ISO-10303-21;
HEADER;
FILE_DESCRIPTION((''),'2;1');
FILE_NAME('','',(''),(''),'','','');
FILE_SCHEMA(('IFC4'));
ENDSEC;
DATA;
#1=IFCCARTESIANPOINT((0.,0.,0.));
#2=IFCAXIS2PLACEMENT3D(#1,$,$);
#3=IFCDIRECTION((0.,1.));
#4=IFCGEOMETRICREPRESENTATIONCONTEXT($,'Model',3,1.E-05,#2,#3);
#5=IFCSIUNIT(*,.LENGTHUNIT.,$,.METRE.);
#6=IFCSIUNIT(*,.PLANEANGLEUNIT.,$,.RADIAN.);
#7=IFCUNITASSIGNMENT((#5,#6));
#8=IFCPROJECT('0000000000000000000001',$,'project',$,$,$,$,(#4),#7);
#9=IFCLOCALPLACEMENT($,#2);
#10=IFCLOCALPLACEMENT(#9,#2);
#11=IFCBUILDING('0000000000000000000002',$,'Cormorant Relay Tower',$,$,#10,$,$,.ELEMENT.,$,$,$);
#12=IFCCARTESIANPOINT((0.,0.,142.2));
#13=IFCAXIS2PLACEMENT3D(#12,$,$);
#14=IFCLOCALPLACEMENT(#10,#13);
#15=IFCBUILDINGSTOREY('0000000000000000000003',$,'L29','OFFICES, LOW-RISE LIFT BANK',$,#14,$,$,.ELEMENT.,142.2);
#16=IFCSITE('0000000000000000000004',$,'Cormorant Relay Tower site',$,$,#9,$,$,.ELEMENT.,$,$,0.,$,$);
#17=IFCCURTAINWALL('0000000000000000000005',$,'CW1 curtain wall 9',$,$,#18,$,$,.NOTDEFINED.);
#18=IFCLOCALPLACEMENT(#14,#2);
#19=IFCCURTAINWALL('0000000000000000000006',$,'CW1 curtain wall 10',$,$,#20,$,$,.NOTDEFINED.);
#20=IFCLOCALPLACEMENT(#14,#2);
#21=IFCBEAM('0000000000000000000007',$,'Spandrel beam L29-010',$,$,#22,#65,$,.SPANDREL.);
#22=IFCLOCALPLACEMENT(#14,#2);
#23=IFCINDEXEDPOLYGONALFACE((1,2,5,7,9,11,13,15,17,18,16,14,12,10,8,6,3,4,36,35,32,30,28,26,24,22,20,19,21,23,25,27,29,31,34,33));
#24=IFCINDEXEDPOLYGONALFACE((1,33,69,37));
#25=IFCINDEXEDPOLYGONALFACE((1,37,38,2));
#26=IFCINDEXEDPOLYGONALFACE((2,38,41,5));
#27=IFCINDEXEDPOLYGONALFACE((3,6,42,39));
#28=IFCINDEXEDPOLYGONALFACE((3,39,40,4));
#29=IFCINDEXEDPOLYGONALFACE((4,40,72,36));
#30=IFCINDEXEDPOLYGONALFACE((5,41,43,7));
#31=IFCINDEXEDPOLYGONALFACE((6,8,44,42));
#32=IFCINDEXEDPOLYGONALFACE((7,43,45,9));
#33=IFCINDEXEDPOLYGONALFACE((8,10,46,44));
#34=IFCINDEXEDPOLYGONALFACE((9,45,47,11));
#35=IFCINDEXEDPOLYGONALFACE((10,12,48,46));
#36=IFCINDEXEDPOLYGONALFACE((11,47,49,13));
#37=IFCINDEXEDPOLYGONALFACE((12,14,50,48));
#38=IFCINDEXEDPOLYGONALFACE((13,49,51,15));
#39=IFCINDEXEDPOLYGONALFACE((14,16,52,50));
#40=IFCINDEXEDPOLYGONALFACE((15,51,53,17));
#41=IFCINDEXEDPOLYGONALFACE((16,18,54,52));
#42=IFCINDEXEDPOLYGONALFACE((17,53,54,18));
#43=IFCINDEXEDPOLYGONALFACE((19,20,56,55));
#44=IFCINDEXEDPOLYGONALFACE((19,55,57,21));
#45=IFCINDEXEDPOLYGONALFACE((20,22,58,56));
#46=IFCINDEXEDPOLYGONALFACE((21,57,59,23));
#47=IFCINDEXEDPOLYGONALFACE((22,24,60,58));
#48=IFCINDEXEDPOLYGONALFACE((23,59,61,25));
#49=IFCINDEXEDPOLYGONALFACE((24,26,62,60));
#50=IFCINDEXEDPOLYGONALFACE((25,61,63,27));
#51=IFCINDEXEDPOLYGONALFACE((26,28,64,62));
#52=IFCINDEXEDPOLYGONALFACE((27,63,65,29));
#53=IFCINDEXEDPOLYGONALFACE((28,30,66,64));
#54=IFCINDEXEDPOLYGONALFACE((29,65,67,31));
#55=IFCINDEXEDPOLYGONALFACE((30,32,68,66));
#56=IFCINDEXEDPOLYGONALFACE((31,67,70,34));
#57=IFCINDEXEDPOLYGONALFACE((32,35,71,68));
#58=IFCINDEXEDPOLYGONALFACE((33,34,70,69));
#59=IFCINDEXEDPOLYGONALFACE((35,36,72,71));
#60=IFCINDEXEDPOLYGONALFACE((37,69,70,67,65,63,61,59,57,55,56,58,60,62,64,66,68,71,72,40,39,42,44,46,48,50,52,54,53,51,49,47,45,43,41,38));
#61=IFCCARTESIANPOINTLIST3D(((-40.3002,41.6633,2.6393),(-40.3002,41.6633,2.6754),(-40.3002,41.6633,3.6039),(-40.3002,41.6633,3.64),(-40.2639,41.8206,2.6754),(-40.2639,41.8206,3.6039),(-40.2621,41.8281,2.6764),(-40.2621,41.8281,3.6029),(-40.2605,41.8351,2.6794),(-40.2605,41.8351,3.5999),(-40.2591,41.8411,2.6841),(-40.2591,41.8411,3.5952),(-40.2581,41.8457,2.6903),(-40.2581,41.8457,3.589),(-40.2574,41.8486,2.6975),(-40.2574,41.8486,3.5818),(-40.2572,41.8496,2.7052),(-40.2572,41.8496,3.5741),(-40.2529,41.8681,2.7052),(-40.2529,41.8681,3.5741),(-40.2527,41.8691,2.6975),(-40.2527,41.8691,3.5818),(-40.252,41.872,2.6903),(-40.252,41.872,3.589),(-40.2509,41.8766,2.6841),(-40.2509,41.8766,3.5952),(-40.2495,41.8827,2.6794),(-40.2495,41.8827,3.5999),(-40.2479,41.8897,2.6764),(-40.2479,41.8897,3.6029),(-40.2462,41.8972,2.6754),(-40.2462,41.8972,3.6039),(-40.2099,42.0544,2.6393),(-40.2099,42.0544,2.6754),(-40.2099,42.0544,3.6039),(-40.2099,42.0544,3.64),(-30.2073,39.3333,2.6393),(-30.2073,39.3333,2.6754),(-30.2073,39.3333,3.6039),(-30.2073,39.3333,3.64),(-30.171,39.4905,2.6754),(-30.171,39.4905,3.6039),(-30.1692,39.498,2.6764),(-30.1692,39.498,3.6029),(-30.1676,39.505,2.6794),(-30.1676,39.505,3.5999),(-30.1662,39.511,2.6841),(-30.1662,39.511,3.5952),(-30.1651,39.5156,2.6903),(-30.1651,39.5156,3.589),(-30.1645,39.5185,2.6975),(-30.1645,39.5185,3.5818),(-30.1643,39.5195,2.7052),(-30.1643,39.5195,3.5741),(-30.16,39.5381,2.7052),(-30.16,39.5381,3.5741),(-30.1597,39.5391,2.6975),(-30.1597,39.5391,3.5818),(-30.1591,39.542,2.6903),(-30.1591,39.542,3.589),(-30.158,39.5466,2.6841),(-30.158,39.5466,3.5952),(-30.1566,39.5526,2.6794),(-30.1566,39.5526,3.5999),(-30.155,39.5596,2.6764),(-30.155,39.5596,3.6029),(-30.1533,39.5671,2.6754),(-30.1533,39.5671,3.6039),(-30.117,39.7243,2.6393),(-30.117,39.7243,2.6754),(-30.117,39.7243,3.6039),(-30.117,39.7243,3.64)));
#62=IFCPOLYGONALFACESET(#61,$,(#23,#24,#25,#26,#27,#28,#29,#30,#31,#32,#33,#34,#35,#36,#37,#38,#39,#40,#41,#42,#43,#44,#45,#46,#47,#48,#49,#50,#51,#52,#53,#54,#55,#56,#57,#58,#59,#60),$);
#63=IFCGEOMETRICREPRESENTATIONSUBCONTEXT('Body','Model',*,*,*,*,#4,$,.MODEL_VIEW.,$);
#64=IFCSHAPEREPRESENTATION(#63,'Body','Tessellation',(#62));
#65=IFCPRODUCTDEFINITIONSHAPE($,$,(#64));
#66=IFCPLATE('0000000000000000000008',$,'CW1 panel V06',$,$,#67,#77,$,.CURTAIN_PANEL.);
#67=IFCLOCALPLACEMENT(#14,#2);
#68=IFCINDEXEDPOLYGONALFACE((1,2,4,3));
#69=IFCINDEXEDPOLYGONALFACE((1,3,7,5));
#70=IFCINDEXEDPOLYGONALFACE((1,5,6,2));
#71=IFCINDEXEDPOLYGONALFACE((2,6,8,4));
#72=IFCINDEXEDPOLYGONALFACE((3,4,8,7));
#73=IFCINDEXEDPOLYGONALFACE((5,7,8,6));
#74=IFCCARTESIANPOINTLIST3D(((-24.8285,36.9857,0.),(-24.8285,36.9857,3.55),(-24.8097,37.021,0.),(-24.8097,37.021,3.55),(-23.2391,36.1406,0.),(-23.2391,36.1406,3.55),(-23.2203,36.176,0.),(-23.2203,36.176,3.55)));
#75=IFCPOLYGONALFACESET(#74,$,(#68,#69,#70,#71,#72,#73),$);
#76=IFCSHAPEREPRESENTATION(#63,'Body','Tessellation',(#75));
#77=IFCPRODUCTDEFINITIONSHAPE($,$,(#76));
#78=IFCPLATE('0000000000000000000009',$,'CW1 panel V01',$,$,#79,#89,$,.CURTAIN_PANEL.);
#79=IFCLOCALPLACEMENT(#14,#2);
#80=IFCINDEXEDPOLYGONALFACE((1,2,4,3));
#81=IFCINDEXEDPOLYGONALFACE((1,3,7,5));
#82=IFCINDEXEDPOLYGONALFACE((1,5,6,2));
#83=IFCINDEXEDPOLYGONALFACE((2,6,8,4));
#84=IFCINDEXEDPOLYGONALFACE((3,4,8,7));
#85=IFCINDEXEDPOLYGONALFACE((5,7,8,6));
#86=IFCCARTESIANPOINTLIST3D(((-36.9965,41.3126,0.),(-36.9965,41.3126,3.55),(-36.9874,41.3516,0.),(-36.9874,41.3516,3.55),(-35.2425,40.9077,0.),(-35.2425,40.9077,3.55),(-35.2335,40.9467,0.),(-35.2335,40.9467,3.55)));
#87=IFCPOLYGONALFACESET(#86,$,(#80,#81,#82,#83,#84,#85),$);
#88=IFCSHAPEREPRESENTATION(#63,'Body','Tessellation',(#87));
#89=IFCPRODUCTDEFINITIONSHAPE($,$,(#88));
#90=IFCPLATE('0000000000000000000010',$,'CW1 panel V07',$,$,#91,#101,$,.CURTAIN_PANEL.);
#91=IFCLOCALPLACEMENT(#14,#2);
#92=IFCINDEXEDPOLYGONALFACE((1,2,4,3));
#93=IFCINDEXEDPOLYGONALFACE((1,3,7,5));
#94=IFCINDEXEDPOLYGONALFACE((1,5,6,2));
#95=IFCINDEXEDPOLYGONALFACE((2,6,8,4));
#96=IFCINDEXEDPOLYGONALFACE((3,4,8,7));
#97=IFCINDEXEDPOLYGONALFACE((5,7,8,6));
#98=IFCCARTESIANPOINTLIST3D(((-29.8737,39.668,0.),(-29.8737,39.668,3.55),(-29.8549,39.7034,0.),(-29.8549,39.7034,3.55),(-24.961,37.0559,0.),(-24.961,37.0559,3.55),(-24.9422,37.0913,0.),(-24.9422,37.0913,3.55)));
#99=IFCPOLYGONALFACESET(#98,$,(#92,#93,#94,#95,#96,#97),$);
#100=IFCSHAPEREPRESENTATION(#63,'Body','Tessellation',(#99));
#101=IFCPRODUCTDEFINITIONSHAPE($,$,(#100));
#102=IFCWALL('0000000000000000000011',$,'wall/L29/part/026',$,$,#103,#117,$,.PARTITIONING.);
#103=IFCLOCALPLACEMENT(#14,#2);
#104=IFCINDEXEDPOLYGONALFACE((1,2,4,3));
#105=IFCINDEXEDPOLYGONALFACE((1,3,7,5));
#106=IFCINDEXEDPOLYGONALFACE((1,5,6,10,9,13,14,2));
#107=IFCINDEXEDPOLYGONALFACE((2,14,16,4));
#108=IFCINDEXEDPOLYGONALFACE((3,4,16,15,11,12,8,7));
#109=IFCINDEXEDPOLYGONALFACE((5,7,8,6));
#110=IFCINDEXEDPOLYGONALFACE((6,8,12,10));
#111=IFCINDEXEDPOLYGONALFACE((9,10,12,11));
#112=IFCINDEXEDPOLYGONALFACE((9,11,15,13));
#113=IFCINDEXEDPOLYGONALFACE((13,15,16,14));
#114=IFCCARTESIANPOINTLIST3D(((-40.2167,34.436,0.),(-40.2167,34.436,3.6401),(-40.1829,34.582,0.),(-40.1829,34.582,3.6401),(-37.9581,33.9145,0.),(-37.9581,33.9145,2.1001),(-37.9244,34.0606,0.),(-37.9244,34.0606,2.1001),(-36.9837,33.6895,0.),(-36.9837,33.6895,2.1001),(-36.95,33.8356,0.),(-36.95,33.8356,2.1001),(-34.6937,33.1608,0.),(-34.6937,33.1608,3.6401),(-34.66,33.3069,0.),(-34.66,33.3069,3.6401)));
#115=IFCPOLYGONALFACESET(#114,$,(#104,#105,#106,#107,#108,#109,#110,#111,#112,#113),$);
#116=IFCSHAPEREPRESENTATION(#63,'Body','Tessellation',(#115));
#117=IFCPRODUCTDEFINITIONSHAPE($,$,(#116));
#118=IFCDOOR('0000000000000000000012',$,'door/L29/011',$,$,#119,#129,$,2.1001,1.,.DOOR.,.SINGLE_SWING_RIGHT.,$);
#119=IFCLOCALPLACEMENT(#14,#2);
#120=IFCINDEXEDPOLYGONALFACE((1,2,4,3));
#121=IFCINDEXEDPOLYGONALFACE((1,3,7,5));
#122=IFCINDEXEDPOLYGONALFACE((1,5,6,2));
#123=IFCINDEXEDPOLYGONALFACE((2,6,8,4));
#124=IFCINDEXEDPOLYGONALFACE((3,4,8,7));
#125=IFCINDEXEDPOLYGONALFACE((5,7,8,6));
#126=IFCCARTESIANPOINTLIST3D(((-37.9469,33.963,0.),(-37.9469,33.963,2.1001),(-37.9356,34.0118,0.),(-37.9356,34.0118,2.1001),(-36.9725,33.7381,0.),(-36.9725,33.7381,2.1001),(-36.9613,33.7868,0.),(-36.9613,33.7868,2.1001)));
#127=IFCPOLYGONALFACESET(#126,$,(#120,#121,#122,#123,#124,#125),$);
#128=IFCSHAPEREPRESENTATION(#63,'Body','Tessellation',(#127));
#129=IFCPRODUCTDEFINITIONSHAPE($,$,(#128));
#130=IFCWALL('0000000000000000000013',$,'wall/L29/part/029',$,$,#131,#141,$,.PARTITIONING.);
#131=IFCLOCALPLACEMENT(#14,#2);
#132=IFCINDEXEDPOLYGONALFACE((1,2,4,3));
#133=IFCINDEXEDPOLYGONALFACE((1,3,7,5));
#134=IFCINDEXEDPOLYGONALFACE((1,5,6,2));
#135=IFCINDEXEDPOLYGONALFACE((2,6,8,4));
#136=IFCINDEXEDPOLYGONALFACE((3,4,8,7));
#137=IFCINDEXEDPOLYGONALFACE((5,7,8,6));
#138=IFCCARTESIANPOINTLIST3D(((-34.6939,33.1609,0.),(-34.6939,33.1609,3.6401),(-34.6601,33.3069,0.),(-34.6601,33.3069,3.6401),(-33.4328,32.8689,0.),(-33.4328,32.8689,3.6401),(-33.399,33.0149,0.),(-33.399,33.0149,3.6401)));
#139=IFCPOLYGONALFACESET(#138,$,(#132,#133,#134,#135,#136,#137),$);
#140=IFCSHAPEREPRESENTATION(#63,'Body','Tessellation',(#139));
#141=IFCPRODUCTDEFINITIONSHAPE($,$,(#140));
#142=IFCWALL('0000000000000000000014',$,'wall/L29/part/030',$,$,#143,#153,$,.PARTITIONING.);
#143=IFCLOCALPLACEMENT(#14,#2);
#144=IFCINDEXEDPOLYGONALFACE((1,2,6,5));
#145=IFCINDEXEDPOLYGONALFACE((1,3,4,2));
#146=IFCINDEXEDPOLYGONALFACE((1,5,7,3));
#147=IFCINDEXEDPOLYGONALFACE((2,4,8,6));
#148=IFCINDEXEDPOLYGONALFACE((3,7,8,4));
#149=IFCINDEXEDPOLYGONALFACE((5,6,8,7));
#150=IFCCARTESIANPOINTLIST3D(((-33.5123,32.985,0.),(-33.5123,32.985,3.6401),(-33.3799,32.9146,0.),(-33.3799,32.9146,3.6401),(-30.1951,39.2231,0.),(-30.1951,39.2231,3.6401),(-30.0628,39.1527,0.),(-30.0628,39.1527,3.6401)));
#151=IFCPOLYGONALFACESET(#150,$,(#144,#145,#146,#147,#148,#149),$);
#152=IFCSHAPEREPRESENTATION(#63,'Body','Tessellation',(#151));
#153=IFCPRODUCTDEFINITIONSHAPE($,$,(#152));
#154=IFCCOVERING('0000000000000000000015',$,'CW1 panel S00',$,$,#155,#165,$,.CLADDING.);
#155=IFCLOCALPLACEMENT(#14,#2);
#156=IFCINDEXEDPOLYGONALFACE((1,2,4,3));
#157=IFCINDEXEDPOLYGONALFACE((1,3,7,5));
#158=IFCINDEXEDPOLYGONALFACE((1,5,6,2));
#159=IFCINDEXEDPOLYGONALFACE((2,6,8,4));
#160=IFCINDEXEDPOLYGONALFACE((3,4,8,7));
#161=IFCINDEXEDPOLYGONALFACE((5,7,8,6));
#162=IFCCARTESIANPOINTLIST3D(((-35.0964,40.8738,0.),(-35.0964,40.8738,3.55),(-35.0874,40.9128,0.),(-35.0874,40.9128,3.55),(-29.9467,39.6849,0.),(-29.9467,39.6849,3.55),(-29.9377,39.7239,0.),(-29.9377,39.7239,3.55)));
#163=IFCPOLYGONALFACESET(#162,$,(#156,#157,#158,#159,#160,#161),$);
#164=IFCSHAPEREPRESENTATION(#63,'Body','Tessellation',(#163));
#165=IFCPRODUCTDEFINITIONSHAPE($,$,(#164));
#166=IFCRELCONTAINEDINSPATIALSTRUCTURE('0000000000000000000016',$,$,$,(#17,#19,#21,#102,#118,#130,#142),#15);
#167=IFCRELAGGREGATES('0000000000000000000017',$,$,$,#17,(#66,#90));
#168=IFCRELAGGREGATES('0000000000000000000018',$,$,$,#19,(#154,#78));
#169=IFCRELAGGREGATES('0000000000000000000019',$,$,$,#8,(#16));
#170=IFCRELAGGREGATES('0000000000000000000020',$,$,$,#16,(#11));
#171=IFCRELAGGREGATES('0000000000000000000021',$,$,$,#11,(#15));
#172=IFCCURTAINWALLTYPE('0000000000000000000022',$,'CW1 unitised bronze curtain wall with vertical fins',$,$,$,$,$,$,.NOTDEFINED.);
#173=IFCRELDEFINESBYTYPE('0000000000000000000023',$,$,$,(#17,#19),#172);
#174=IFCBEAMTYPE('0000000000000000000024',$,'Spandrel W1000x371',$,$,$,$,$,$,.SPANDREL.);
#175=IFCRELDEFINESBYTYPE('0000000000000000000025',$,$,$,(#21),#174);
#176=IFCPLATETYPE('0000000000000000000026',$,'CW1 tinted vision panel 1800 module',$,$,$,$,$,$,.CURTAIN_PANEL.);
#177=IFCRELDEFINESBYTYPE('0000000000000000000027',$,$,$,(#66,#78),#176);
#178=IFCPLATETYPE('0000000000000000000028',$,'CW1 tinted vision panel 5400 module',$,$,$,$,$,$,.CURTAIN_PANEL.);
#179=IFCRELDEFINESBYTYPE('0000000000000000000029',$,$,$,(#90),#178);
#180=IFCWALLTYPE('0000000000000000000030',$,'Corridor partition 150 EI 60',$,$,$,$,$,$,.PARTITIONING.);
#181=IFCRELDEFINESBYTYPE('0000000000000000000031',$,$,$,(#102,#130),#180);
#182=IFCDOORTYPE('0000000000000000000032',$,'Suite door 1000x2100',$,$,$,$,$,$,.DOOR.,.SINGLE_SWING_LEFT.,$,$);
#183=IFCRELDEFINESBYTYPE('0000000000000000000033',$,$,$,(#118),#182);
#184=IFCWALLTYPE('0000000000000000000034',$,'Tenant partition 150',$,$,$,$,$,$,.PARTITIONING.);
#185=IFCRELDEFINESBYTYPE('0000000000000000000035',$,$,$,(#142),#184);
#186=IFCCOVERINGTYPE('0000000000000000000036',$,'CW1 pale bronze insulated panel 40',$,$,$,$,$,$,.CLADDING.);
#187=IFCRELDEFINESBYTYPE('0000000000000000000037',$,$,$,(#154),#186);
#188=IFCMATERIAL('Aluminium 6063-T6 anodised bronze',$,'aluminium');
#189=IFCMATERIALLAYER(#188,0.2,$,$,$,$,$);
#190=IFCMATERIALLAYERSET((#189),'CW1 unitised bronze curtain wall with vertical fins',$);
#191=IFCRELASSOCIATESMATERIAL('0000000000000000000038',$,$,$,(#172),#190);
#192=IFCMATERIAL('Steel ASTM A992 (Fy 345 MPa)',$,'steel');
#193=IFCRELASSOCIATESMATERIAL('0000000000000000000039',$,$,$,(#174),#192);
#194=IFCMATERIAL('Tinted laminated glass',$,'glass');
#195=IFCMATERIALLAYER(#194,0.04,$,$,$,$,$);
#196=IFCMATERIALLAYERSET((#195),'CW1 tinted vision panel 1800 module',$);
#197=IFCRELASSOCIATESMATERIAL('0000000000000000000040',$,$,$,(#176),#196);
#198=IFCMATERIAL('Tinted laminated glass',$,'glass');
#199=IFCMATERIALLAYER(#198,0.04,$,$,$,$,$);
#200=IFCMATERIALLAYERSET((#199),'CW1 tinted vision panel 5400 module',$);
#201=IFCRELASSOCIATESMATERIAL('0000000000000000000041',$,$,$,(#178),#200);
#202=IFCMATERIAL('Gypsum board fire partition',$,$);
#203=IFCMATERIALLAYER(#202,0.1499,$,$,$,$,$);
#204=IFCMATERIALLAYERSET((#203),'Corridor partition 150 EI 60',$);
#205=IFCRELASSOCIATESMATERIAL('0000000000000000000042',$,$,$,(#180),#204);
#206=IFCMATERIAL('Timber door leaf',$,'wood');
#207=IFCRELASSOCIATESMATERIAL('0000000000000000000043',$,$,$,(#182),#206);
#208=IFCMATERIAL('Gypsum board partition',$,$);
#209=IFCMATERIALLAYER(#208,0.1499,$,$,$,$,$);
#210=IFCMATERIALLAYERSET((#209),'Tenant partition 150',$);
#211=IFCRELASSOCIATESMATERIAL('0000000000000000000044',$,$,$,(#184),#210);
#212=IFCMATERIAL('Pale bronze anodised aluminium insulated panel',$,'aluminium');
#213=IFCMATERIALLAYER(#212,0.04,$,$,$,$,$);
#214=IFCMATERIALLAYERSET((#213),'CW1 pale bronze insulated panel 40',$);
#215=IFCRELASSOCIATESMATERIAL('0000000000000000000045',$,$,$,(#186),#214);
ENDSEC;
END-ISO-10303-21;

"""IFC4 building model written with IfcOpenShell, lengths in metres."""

from ifc_helpers import new_model, si_unit, direction, frame, frame_2d, origin, origin_2d, place, context, subcontext, project, spatial, rectangle, i_section, extrude, material, layer, layer_set, material_profile, profile_set, type_object, element, fill, aggregate, save


model = new_model("IFC4")

# Units and contexts
model_context = context("Model", 3, precision=1e-05, world=origin(), true_north=direction((0.0, 1.0)))
body_context = subcontext(model_context, "Body", "Model", "MODEL_VIEW")
ifc_project = project(units=[si_unit("LENGTHUNIT", "METRE"), si_unit("PLANEANGLEUNIT", "RADIAN")], contexts=[model_context])

# Site, building, storey
site_placement = place(None, origin())
site = spatial("IfcSite", under=ifc_project, at=site_placement, Name="Cormorant Relay Tower site", CompositionType="ELEMENT", RefElevation=0.0)
building_placement = place(site_placement, origin())
building = spatial("IfcBuilding", under=site, at=building_placement, Name="Cormorant Relay Tower", CompositionType="ELEMENT")
storey_placement = place(building_placement, frame((0.0, 0.0, 142.2)))
storey = spatial("IfcBuildingStorey", under=building, at=storey_placement, Name="L29", Description="OFFICES, LOW-RISE LIFT BANK", CompositionType="ELEMENT", Elevation=142.2)

# Curtain wall
ifc_material_1 = material(Name="Aluminium 6063-T6 anodised bronze", Category="aluminium")
ifc_layer_1 = layer(ifc_material_1, 0.2)
ifc_layer_set_1 = layer_set([ifc_layer_1], Name="CW1 unitised bronze curtain wall with vertical fins")
curtain_wall_type = type_object("IfcCurtainWallType", Name="CW1 unitised bronze curtain wall with vertical fins", PredefinedType="NOTDEFINED", material=ifc_layer_set_1)
curtain_wall_1_placement = place(storey_placement, origin())
curtain_wall_1 = element("IfcCurtainWall", 1, at=curtain_wall_1_placement, inside=storey, type_object=curtain_wall_type, Name="CW1 curtain wall 9", PredefinedType="NOTDEFINED")

# Curtain wall
curtain_wall_2_placement = place(storey_placement, origin())
curtain_wall_2 = element("IfcCurtainWall", 2, at=curtain_wall_2_placement, inside=storey, type_object=curtain_wall_type, Name="CW1 curtain wall 10", PredefinedType="NOTDEFINED")

# Beam
ifc_material_2 = material(Name="Steel ASTM A992 (Fy 345 MPa)", Category="steel")
ifc_material_profile_1 = material_profile(ifc_material_2, i_section(OverallWidth=0.4014, OverallDepth=1.0007, WebThickness=0.019, FlangeThickness=0.0361, FilletRadius=0.0298, at=origin_2d()), Name="W1000x371")
ifc_profile_set_1 = profile_set([ifc_material_profile_1], Name="Steel ASTM A992 (Fy 345 MPa)")
beam_type = type_object("IfcBeamType", Name="Spandrel W1000x371", PredefinedType="SPANDREL", material=ifc_profile_set_1)
beam_placement = place(storey_placement, frame((-30.1621, 39.5288, 3.1396), z_axis=(-0.974372, 0.224944, 0.0), x_axis=(-0.224944, -0.974372, 0.0)))
element("IfcBeam", 3, at=beam_placement, inside=storey, type_object=beam_type, Name="Spandrel beam L29-010", PredefinedType="SPANDREL", context=body_context, shape_type="SweptSolid", body=[
    extrude(i_section(OverallWidth=0.4014, OverallDepth=1.0007, WebThickness=0.019, FlangeThickness=0.0361, FilletRadius=0.0298, at=origin_2d()), origin(), (0.0, 0.0, 1.0), 10.3584),
])

# Plates
ifc_material_3 = material(Name="Tinted laminated glass", Category="glass")
ifc_layer_2 = layer(ifc_material_3, 0.04)
ifc_layer_set_2 = layer_set([ifc_layer_2], Name="CW1 tinted vision panel 1800 module")
plate_type_1 = type_object("IfcPlateType", Name="CW1 tinted vision panel 1800 module", PredefinedType="CURTAIN_PANEL", material=ifc_layer_set_2)
plate_1_placement = place(storey_placement, frame((-24.0244, 36.5808, 0.0), z_axis=(0.0, 0.0, 1.0), x_axis=(-0.882948, 0.469472, 0.0)))
plate_1 = element("IfcPlate", 4, at=plate_1_placement, type_object=plate_type_1, Name="CW1 panel V06", PredefinedType="CURTAIN_PANEL", context=body_context, shape_type="SweptSolid", body=[
    extrude(rectangle(XDim=1.8, YDim=0.04, at=origin_2d()), origin(), (0.0, 0.0, 1.0), 3.55),
])
plate_2_placement = place(storey_placement, frame((-36.115, 41.1296, 0.0), z_axis=(0.0, 0.0, 1.0), x_axis=(-0.97437, 0.224951, 0.0)))
plate_2 = element("IfcPlate", 5, at=plate_2_placement, type_object=plate_type_1, Name="CW1 panel V01", PredefinedType="CURTAIN_PANEL", context=body_context, shape_type="SweptSolid", body=[
    extrude(rectangle(XDim=1.8, YDim=0.04, at=origin_2d()), origin(), (0.0, 0.0, 1.0), 3.55),
])
ifc_material_4 = material(Name="Tinted laminated glass", Category="glass")
ifc_layer_3 = layer(ifc_material_4, 0.04)
ifc_layer_set_3 = layer_set([ifc_layer_3], Name="CW1 tinted vision panel 5400 module")
plate_type_2 = type_object("IfcPlateType", Name="CW1 tinted vision panel 5400 module", PredefinedType="CURTAIN_PANEL", material=ifc_layer_set_3)
plate_3_placement = place(storey_placement, frame((-27.408, 38.3796, 0.0), z_axis=(0.0, 0.0, 1.0), x_axis=(-0.882948, 0.469472, 0.0)))
plate_3 = element("IfcPlate", 6, at=plate_3_placement, type_object=plate_type_2, Name="CW1 panel V07", PredefinedType="CURTAIN_PANEL", context=body_context, shape_type="SweptSolid", body=[
    extrude(rectangle(XDim=5.564, YDim=0.04, at=origin_2d()), origin(), (0.0, 0.0, 1.0), 3.55),
])
aggregate(curtain_wall_1, [plate_1, plate_3])

# Wall, opening, door
ifc_material_5 = material(Name="Gypsum board fire partition")
ifc_layer_4 = layer(ifc_material_5, 0.1499)
ifc_layer_set_4 = layer_set([ifc_layer_4], Name="Corridor partition 150 EI 60")
wall_type_1 = type_object("IfcWallType", Name="Corridor partition 150 EI 60", PredefinedType="PARTITIONING", material=ifc_layer_set_4)
wall_1_placement = place(storey_placement, frame((-34.677, 33.2339, 0.0), z_axis=(0.0, 0.0, 1.0), x_axis=(-0.974367, 0.224963, 0.0)))
wall_1 = element("IfcWall", 7, at=wall_1_placement, inside=storey, type_object=wall_type_1, Name="wall/L29/part/026", PredefinedType="PARTITIONING", context=body_context, shape_type="SweptSolid", body=[
    extrude(rectangle(XDim=5.6682, YDim=0.1499, at=frame_2d((2.834, 0.0))), origin(), (0.0, 0.0, 1.0), 3.6401),
])
opening_placement = place(wall_1_placement, frame((2.3501, 0.0, 0.0)))
opening = element("IfcOpeningElement", 8, at=opening_placement, cuts=wall_1, PredefinedType="OPENING", context=body_context, shape_type="SweptSolid", body=[
    extrude(rectangle(XDim=1.0, YDim=2.1001, at=frame_2d((0.5, 1.05))), frame((0.0, 0.085, 0.0), z_axis=(0.0, -1.0, 0.0), x_axis=(1.0, 0.0, 0.0)), (0.0, 0.0, 1.0), 0.1699),
])
ifc_material_6 = material(Name="Timber door leaf", Category="wood")
door_type = type_object("IfcDoorType", Name="Suite door 1000x2100", OperationType="SINGLE_SWING_LEFT", PredefinedType="DOOR", material=ifc_material_6)
door_placement = place(opening_placement, frame((1.0, 0.0, 0.0), z_axis=(0.0, 0.0, 1.0), x_axis=(-1.0, 0.0, 0.0)))
door = element("IfcDoor", 9, at=door_placement, inside=storey, type_object=door_type, Name="door/L29/011", OperationType="SINGLE_SWING_RIGHT", OverallHeight=2.1001, OverallWidth=1.0, PredefinedType="DOOR", context=body_context, shape_type="SweptSolid", body=[
    extrude(rectangle(XDim=1.0, YDim=2.1001, at=frame_2d((0.5, 1.05))), frame((0.0, 0.0249, 0.0), z_axis=(0.0, -1.0, 0.0), x_axis=(1.0, 0.0, 0.0)), (0.0, 0.0, 1.0), 0.05),
])
fill(opening, door)

# Walls
wall_2_placement = place(storey_placement, frame((-34.677, 33.2339, 0.0), z_axis=(0.0, 0.0, 1.0), x_axis=(0.974222, -0.22559, 0.0)))
element("IfcWall", 10, at=wall_2_placement, inside=storey, type_object=wall_type_1, Name="wall/L29/part/029", PredefinedType="PARTITIONING", context=body_context, shape_type="SweptSolid", body=[
    extrude(rectangle(XDim=1.2944, YDim=0.1499, at=frame_2d((0.6472, 0.0))), origin(), (0.0, 0.0, 1.0), 3.6401),
])
ifc_material_7 = material(Name="Gypsum board partition")
ifc_layer_5 = layer(ifc_material_7, 0.1499)
ifc_layer_set_5 = layer_set([ifc_layer_5], Name="Tenant partition 150")
wall_type_2 = type_object("IfcWallType", Name="Tenant partition 150", PredefinedType="PARTITIONING", material=ifc_layer_set_5)
wall_3_placement = place(storey_placement, frame((-30.1289, 39.188, 0.0), z_axis=(0.0, 0.0, 1.0), x_axis=(-0.469506, -0.882929, 0.0)))
element("IfcWall", 11, at=wall_3_placement, inside=storey, type_object=wall_type_2, Name="wall/L29/part/030", PredefinedType="PARTITIONING", context=body_context, shape_type="SweptSolid", body=[
    extrude(rectangle(XDim=7.0652, YDim=0.1499, at=frame_2d((3.5327, 0.0))), origin(), (0.0, 0.0, 1.0), 3.6401),
])

# Covering
ifc_material_8 = material(Name="Pale bronze anodised aluminium insulated panel", Category="aluminium")
ifc_layer_6 = layer(ifc_material_8, 0.04)
ifc_layer_set_6 = layer_set([ifc_layer_6], Name="CW1 pale bronze insulated panel 40")
covering_type = type_object("IfcCoveringType", Name="CW1 pale bronze insulated panel 40", PredefinedType="CLADDING", material=ifc_layer_set_6)
covering_placement = place(storey_placement, frame((-32.5171, 40.2988, 0.0), z_axis=(0.0, 0.0, 1.0), x_axis=(-0.97437, 0.224951, 0.0)))
covering = element("IfcCovering", 12, at=covering_placement, type_object=covering_type, Name="CW1 panel S00", PredefinedType="CLADDING", context=body_context, shape_type="SweptSolid", body=[
    extrude(rectangle(XDim=5.2852, YDim=0.04, at=origin_2d()), origin(), (0.0, 0.0, 1.0), 3.55),
])
aggregate(curtain_wall_2, [covering, plate_2])

save(model, "model.ifc")
